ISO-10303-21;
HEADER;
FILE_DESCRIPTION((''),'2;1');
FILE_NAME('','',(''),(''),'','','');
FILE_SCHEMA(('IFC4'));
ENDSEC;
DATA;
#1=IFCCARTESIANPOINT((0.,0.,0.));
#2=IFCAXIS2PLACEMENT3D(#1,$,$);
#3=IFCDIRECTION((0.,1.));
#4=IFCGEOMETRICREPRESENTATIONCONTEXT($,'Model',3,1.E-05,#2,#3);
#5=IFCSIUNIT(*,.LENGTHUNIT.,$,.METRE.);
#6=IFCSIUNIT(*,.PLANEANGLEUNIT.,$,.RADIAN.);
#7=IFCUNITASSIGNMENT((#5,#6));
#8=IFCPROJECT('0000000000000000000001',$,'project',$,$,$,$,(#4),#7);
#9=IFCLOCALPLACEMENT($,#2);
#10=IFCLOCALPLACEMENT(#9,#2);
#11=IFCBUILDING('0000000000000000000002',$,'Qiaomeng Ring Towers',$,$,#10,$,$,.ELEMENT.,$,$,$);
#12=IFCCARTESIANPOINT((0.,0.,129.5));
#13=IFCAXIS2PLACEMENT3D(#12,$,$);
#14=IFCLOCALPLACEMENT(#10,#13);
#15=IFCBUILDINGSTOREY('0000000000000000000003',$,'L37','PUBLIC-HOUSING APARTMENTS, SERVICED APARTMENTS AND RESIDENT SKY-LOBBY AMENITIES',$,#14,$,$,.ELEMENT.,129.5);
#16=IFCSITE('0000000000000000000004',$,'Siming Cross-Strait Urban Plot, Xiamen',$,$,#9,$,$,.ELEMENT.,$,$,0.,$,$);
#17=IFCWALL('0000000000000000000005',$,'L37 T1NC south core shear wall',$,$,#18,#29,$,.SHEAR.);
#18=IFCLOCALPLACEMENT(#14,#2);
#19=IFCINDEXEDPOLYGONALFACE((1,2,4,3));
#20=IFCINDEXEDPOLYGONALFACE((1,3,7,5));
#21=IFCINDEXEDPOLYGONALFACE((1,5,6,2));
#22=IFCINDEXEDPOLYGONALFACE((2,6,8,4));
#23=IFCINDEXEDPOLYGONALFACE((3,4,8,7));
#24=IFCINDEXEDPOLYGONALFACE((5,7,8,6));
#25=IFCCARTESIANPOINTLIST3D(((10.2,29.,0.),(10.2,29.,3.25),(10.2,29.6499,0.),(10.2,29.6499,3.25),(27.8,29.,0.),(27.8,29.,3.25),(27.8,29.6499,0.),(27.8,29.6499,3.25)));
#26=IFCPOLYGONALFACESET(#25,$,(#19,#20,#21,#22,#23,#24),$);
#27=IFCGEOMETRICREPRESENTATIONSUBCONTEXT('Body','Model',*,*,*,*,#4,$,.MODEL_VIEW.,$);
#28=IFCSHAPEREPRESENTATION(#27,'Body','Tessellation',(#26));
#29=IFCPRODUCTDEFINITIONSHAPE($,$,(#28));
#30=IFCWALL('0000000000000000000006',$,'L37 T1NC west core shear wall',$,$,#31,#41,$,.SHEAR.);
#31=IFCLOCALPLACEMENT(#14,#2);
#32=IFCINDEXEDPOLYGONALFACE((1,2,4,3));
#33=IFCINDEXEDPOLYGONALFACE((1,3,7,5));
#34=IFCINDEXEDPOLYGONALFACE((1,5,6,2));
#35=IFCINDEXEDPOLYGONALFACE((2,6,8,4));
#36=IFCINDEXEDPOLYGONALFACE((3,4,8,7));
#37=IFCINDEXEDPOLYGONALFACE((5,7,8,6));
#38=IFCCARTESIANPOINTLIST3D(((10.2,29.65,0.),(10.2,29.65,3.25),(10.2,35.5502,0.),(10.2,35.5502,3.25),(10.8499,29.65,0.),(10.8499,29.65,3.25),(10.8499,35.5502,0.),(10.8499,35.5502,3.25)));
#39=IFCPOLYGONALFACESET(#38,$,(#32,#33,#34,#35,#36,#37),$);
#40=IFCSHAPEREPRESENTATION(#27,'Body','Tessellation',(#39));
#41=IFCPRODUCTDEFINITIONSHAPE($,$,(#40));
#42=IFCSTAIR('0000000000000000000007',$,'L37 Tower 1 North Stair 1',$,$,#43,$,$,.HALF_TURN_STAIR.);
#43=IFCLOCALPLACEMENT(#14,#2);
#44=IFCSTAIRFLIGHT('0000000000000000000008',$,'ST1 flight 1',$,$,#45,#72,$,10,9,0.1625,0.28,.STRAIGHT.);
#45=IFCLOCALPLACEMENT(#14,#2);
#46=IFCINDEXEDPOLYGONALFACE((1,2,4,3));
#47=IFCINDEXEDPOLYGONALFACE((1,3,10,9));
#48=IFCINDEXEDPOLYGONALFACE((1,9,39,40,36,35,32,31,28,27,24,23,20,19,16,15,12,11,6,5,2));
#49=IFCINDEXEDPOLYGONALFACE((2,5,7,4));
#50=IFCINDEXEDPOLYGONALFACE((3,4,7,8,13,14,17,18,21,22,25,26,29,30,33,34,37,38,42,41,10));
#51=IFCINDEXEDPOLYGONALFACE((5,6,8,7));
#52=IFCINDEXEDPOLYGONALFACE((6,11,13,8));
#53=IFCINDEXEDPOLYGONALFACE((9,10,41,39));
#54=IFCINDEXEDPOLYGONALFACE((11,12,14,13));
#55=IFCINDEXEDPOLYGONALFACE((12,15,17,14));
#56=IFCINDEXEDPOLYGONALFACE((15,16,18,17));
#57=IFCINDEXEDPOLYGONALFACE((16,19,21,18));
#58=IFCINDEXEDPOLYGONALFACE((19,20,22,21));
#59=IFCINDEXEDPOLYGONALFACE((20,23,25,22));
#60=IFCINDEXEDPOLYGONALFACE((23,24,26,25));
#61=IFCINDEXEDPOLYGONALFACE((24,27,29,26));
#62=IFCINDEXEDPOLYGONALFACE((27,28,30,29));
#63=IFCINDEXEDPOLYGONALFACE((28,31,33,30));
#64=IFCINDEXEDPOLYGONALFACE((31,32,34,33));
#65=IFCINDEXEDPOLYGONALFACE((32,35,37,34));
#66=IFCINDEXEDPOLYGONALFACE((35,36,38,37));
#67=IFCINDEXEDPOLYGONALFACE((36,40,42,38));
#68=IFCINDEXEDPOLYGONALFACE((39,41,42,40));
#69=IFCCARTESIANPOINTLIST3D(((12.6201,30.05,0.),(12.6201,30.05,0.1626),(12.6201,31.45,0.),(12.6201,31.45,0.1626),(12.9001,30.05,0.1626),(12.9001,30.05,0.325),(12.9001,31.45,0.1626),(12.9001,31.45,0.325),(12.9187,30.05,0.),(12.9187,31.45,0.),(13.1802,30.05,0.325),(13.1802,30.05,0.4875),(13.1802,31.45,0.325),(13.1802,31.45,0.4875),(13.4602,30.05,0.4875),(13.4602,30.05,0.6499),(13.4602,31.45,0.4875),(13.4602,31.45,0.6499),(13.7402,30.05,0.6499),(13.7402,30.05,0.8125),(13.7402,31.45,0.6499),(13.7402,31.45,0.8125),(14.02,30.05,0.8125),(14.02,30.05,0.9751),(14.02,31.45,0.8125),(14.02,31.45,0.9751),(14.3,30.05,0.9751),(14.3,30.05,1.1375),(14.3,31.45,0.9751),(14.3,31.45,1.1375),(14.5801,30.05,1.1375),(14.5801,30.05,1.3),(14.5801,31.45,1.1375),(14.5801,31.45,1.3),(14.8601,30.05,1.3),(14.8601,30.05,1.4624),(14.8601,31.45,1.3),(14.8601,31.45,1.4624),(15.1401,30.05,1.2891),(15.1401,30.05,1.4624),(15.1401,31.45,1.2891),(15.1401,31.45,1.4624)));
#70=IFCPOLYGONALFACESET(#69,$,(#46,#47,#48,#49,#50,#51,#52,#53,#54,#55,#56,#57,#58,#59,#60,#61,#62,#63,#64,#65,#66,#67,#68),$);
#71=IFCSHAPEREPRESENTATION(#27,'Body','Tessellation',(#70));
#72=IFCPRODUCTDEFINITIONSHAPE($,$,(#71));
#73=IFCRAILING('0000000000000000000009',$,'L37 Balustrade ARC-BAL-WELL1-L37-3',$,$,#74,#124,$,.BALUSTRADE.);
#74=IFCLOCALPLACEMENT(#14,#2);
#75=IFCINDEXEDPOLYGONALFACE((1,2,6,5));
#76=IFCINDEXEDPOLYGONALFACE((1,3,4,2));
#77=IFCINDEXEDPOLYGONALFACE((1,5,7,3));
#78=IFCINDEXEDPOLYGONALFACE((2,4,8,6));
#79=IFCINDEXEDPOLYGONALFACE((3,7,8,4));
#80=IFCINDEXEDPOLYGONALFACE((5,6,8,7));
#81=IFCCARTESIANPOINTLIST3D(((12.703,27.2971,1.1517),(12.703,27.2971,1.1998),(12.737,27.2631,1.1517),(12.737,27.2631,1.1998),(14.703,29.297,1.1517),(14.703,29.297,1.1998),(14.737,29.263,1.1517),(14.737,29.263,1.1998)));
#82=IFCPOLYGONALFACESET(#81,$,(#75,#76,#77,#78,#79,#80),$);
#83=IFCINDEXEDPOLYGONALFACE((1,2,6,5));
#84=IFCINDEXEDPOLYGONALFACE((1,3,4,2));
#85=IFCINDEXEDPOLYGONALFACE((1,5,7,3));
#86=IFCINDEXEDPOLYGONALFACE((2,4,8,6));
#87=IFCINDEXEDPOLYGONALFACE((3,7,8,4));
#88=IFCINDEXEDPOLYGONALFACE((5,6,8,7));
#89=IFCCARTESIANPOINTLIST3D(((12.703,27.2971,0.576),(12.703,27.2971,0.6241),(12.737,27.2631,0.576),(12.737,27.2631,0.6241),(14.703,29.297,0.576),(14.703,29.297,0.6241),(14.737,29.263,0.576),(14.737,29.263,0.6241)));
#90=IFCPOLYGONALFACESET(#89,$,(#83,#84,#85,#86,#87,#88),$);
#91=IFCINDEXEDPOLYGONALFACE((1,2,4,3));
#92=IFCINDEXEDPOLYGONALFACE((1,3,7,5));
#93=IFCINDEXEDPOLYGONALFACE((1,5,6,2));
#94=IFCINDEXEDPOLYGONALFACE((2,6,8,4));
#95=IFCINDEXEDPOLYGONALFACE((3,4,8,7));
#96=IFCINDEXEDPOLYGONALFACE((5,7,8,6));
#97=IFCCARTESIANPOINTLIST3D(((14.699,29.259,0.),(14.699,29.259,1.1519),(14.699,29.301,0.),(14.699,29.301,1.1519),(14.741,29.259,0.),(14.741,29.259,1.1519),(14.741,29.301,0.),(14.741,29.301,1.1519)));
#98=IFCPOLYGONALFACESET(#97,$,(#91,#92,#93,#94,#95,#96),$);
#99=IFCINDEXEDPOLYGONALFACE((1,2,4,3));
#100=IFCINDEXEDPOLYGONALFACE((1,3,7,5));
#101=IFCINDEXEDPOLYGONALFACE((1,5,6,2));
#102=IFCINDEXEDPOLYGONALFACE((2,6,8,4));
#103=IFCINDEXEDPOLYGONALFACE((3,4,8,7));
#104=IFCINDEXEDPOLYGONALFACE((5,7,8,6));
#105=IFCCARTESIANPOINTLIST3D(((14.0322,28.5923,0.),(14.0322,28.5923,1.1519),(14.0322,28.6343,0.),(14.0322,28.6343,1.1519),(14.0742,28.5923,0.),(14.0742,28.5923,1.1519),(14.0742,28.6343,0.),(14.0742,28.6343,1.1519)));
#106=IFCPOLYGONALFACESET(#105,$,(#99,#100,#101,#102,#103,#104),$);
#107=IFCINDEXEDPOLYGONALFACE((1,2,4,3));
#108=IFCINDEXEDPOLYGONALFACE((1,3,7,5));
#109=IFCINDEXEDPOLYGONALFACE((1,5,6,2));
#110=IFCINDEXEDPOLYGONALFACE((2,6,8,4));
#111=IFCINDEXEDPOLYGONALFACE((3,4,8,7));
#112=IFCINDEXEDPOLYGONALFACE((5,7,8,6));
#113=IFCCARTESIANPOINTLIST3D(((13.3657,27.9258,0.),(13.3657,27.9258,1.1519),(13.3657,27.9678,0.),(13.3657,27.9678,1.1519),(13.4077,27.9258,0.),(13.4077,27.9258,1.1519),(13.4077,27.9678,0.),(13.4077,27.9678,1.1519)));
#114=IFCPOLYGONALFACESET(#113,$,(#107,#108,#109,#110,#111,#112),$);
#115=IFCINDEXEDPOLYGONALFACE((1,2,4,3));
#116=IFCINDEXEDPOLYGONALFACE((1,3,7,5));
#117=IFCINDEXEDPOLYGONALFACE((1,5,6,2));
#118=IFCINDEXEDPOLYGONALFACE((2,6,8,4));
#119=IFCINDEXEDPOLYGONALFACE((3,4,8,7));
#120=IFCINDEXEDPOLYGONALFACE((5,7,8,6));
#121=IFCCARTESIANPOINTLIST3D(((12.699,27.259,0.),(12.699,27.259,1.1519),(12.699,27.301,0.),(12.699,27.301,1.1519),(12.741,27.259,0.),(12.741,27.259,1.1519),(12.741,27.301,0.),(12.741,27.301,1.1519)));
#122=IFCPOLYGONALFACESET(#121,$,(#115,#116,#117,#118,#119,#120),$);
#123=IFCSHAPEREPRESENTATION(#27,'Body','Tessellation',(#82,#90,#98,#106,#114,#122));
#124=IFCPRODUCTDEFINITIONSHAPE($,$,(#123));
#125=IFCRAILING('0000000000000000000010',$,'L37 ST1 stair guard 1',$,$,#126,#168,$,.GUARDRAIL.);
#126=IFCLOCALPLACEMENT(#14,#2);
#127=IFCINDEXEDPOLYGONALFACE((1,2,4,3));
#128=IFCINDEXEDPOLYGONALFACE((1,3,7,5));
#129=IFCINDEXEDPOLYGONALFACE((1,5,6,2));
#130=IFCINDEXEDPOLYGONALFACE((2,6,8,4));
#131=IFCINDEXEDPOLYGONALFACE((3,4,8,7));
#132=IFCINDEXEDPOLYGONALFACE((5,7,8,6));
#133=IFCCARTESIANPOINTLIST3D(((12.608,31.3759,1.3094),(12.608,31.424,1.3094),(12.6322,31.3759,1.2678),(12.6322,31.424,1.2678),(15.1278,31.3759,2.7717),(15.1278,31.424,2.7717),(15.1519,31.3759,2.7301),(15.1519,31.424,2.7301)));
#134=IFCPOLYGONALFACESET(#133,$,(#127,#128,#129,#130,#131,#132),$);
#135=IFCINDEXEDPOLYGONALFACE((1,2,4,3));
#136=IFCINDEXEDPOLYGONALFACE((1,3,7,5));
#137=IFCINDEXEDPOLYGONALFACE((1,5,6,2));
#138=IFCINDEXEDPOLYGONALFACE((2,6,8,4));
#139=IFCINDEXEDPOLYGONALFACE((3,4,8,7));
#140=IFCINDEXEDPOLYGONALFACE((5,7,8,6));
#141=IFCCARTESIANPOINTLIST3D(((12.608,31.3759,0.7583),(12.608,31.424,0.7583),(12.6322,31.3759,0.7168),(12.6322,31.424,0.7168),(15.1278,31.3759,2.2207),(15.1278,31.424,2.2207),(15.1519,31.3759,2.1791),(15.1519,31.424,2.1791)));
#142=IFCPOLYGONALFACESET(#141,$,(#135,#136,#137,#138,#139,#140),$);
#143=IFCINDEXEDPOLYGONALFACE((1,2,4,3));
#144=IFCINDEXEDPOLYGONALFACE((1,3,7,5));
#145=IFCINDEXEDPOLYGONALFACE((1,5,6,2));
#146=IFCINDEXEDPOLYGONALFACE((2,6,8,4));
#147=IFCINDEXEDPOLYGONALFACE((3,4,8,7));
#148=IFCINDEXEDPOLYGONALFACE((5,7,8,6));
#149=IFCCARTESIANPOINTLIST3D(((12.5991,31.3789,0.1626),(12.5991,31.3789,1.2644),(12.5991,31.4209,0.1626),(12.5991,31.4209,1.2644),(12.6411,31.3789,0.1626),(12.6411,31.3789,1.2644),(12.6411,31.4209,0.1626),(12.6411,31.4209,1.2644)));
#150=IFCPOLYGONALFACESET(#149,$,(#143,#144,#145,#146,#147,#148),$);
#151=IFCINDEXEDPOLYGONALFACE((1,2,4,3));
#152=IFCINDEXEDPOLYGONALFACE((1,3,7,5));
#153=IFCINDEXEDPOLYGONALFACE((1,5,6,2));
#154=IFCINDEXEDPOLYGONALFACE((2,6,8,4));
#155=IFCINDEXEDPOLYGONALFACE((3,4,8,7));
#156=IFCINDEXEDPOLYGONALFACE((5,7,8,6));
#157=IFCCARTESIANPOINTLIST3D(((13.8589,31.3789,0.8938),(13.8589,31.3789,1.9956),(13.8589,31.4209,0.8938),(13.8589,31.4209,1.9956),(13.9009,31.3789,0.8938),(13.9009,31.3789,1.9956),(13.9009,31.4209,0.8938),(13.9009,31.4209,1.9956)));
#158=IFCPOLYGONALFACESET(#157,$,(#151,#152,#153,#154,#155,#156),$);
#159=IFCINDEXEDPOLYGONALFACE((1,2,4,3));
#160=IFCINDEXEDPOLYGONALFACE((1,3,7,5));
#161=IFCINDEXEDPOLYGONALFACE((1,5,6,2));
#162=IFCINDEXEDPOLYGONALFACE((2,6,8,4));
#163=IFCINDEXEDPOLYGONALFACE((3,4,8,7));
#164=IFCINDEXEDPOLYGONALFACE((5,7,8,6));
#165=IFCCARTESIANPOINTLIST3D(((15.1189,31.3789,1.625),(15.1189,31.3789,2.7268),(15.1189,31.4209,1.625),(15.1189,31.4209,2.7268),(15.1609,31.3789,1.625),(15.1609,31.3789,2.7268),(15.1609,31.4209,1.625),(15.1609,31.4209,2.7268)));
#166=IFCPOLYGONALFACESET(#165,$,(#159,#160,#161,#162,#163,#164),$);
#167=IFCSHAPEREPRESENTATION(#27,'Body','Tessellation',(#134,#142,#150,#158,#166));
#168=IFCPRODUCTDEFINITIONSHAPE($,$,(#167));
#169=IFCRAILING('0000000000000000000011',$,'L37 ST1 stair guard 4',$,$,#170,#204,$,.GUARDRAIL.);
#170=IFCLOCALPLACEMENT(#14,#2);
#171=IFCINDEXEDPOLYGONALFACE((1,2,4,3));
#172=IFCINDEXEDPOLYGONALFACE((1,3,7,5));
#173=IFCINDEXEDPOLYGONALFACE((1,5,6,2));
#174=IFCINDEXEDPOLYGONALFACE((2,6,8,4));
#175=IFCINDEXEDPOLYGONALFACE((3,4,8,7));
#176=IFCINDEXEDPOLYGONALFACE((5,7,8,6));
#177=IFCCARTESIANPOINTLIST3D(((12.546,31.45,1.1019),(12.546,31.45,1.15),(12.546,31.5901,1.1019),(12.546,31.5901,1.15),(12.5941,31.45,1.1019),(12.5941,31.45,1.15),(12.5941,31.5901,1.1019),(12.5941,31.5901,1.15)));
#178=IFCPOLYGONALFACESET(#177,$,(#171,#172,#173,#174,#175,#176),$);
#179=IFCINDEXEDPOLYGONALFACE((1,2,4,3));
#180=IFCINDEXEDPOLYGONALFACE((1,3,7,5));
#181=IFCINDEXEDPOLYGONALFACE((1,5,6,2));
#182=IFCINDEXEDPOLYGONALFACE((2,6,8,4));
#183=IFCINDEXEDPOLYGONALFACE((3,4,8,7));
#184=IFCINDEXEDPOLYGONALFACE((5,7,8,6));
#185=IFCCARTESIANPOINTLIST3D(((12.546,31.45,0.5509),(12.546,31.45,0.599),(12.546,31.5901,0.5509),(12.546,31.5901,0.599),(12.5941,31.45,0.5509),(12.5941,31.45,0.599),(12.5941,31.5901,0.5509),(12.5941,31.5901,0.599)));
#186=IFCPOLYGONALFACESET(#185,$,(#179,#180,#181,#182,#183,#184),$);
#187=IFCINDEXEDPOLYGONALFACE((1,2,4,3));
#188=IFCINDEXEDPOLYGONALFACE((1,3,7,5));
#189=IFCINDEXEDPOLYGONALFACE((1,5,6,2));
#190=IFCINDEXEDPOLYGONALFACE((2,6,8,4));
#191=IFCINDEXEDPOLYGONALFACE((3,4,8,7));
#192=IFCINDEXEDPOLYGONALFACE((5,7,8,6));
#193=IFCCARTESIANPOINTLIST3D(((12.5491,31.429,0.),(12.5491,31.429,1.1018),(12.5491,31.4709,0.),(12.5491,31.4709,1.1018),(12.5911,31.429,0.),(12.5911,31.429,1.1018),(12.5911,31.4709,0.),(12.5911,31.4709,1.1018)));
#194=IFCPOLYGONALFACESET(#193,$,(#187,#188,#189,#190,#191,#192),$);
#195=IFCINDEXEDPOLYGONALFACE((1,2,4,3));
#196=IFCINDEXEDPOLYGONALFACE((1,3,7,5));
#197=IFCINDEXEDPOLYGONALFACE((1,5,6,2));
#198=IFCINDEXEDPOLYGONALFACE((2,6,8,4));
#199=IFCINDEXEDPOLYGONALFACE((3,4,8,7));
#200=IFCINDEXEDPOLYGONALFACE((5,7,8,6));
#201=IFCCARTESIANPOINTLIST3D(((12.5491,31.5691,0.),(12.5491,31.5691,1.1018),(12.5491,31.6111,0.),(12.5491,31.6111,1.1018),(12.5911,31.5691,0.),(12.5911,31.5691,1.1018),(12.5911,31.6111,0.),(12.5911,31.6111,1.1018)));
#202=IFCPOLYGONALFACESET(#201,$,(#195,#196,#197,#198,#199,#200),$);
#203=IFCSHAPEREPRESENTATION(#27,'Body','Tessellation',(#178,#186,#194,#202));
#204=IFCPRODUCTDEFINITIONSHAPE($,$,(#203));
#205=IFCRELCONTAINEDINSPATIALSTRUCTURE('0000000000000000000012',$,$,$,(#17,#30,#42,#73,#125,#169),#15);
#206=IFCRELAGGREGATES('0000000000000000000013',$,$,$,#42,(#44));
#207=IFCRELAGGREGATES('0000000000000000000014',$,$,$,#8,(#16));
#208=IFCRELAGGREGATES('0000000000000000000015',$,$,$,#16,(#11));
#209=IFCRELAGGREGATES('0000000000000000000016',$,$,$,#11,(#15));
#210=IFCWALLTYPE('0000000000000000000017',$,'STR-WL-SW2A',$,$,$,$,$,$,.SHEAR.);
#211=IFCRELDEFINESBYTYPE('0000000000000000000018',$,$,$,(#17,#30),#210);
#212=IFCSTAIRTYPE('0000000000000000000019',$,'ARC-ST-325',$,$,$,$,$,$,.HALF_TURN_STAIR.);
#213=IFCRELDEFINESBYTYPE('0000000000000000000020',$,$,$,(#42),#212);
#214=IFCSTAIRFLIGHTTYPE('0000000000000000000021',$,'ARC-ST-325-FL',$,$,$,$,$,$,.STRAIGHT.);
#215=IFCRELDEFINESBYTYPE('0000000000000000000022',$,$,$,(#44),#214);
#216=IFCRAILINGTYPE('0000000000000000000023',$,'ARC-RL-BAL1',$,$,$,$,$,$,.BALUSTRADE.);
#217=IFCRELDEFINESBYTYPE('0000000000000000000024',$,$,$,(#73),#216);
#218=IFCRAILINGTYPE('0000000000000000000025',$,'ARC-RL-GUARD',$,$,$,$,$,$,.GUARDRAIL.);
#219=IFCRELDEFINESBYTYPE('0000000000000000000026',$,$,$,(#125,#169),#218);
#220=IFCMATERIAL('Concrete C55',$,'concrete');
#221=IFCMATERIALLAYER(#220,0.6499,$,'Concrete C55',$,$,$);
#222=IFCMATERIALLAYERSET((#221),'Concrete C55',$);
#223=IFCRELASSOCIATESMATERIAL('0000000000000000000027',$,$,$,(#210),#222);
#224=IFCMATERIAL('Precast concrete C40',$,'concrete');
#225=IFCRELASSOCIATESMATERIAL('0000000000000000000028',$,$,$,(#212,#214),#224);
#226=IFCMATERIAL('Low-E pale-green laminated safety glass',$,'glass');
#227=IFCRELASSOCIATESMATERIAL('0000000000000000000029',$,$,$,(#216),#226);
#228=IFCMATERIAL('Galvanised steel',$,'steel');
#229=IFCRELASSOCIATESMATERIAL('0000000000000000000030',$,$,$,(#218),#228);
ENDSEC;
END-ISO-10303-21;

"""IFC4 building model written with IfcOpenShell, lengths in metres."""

from ifc_helpers import new_model, si_unit, direction, frame, frame_2d, origin, origin_2d, place, context, subcontext, project, spatial, polyline, rectangle, outline, extrude, source, transform, mapped, material, layer, layer_set, type_object, element, aggregate, save


model = new_model("IFC4")

# Units and contexts
model_context = context("Model", 3, precision=1e-05, world=origin(), true_north=direction((0.0, 1.0)))
body_context = subcontext(model_context, "Body", "Model", "MODEL_VIEW")
ifc_project = project(units=[si_unit("LENGTHUNIT", "METRE"), si_unit("PLANEANGLEUNIT", "RADIAN")], contexts=[model_context])

# Site, building, storey
site_placement = place(None, origin())
site = spatial("IfcSite", under=ifc_project, at=site_placement, Name="Siming Cross-Strait Urban Plot, Xiamen", CompositionType="ELEMENT", RefElevation=0.0)
building_placement = place(site_placement, origin())
building = spatial("IfcBuilding", under=site, at=building_placement, Name="Qiaomeng Ring Towers", CompositionType="ELEMENT")
storey_placement = place(building_placement, frame((0.0, 0.0, 129.5)))
storey = spatial("IfcBuildingStorey", under=building, at=storey_placement, Name="L37", Description="PUBLIC-HOUSING APARTMENTS, SERVICED APARTMENTS AND RESIDENT SKY-LOBBY AMENITIES", CompositionType="ELEMENT", Elevation=129.5)

# Shared definitions
ifc_material_1 = material(Name="Concrete C55", Category="concrete")

# Walls
ifc_layer_1 = layer(ifc_material_1, 0.6499, Name="Concrete C55")
ifc_layer_set_1 = layer_set([ifc_layer_1], Name="Concrete C55")
wall_type_1 = type_object("IfcWallType", Name="STR-WL-SW2A", PredefinedType="SHEAR", material=ifc_layer_set_1)
wall_1_placement = place(storey_placement, frame((10.2, 29.325, 0.0), z_axis=(0.0, 0.0, 1.0), x_axis=(1.0, 0.0, 0.0)))
element("IfcWall", 1, at=wall_1_placement, inside=storey, type_object=wall_type_1, Name="L37 T1NC south core shear wall", PredefinedType="SHEAR", context=body_context, shape_type="SweptSolid", body=[
    extrude(rectangle(XDim=17.6001, YDim=0.6499, at=frame_2d((8.8, 0.0))), origin(), (0.0, 0.0, 1.0), 3.25),
])
wall_2_placement = place(storey_placement, frame((10.5249, 29.6499, 0.0), z_axis=(0.0, 0.0, 1.0), x_axis=(0.0, 1.0, 0.0)))
element("IfcWall", 2, at=wall_2_placement, inside=storey, type_object=wall_type_1, Name="L37 T1NC west core shear wall", PredefinedType="SHEAR", context=body_context, shape_type="SweptSolid", body=[
    extrude(rectangle(XDim=5.9001, YDim=0.6499, at=frame_2d((2.9502, 0.0))), origin(), (0.0, 0.0, 1.0), 3.25),
])

# Stair, stair flight
ifc_material_2 = material(Name="Precast concrete C40", Category="concrete")
stair_type = type_object("IfcStairType", Name="ARC-ST-325", PredefinedType="HALF_TURN_STAIR", material=ifc_material_2)
stair_placement = place(storey_placement, origin())
stair = element("IfcStair", 3, at=stair_placement, inside=storey, type_object=stair_type, Name="L37 Tower 1 North Stair 1", PredefinedType="HALF_TURN_STAIR")
stair_flight_type = type_object("IfcStairFlightType", Name="ARC-ST-325-FL", PredefinedType="STRAIGHT", material=ifc_material_2)
shared_shape_1 = source(origin(), body_context, "Body", "SweptSolid", [
    extrude(outline(polyline([(0.0, 0.0), (0.0, 0.1626), (0.28, 0.1626), (0.28, 0.325), (0.5601, 0.325), (0.5601, 0.4875), (0.8401, 0.4875), (0.8401, 0.6499), (1.1201, 0.6499), (1.1201, 0.8125), (1.3999, 0.8125), (1.3999, 0.9751), (1.6799, 0.9751), (1.6799, 1.1375), (1.96, 1.1375), (1.96, 1.3), (2.24, 1.3), (2.24, 1.4624), (2.52, 1.4624), (2.52, 1.625), (2.52, 1.2891), (0.2986, 0.0), (0.0, 0.0)])), frame((0.0, 0.7, 0.0), z_axis=(0.0, -1.0, 0.0), x_axis=(1.0, 0.0, 0.0)), (0.0, 0.0, 1.0), 1.3999),
])
stair_flight_placement = place(storey_placement, frame((12.6201, 30.75, 0.0), z_axis=(0.0, 0.0, 1.0), x_axis=(1.0, 0.0, 0.0)))
stair_flight = element("IfcStairFlight", 4, at=stair_flight_placement, type_object=stair_flight_type, Name="ST1 flight 1", NumberOfRisers=10, NumberOfTreads=9, PredefinedType="STRAIGHT", RiserHeight=0.1625, TreadLength=0.28, context=body_context, shape_type="MappedRepresentation", body=[
    mapped(shared_shape_1, transform((0.0, 0.0, 0.0), x_axis=(1.0, 0.0, 0.0), y_axis=(0.0, 1.0, 0.0), z_axis=(0.0, 0.0, 1.0), scale=1.0)),
])
aggregate(stair, [stair_flight])

# Railings
ifc_material_3 = material(Name="Low-E pale-green laminated safety glass", Category="glass")
railing_type_1 = type_object("IfcRailingType", Name="ARC-RL-BAL1", PredefinedType="BALUSTRADE", material=ifc_material_3)
railing_1_placement = place(storey_placement, frame((14.72, 29.28, 0.0)))
element("IfcRailing", 5, at=railing_1_placement, inside=storey, type_object=railing_type_1, Name="L37 Balustrade ARC-BAL-WELL1-L37-3", PredefinedType="BALUSTRADE", context=body_context, shape_type="SweptSolid", body=[
    extrude(rectangle(XDim=0.0481, YDim=0.0481, at=origin_2d()), frame((0.0, 0.0, 1.1758), z_axis=(-0.707107, -0.707107, 0.0), x_axis=(0.707107, -0.707107, 0.0)), (0.0, 0.0, 1.0), 2.8284),
    extrude(rectangle(XDim=0.0481, YDim=0.0481, at=origin_2d()), frame((0.0, 0.0, 0.6001), z_axis=(-0.707107, -0.707107, 0.0), x_axis=(0.707107, -0.707107, 0.0)), (0.0, 0.0, 1.0), 2.8284),
    extrude(rectangle(XDim=0.042, YDim=0.042, at=origin_2d()), origin(), (0.0, 0.0, 1.0), 1.1519),
    extrude(rectangle(XDim=0.042, YDim=0.042, at=origin_2d()), frame((-0.6667, -0.6667, 0.0)), (0.0, 0.0, 1.0), 1.1519),
    extrude(rectangle(XDim=0.042, YDim=0.042, at=origin_2d()), frame((-1.3333, -1.3333, 0.0)), (0.0, 0.0, 1.0), 1.1519),
    extrude(rectangle(XDim=0.042, YDim=0.042, at=origin_2d()), frame((-2.0, -2.0, 0.0)), (0.0, 0.0, 1.0), 1.1519),
])
ifc_material_4 = material(Name="Galvanised steel", Category="steel")
railing_type_2 = type_object("IfcRailingType", Name="ARC-RL-GUARD", PredefinedType="GUARDRAIL", material=ifc_material_4)
railing_2_placement = place(storey_placement, frame((12.6201, 31.3999, 0.1626)))
element("IfcRailing", 6, at=railing_2_placement, inside=storey, type_object=railing_type_2, Name="L37 ST1 stair guard 1", PredefinedType="GUARDRAIL", context=body_context, shape_type="SweptSolid", body=[
    extrude(rectangle(XDim=0.0481, YDim=0.0481, at=origin_2d()), frame((0.0, 0.0, 1.126), z_axis=(0.864892, 0.0, 0.501958), x_axis=(0.0, 1.0, 0.0)), (0.0, 0.0, 1.0), 2.9133),
    extrude(rectangle(XDim=0.0481, YDim=0.0481, at=origin_2d()), frame((0.0, 0.0, 0.575), z_axis=(0.864892, 0.0, 0.501958), x_axis=(0.0, 1.0, 0.0)), (0.0, 0.0, 1.0), 2.9133),
    extrude(rectangle(XDim=0.042, YDim=0.042, at=origin_2d()), origin(), (0.0, 0.0, 1.0), 1.1018),
    extrude(rectangle(XDim=0.042, YDim=0.042, at=origin_2d()), frame((1.2598, 0.0, 0.7312)), (0.0, 0.0, 1.0), 1.1018),
    extrude(rectangle(XDim=0.042, YDim=0.042, at=origin_2d()), frame((2.5198, 0.0, 1.4624)), (0.0, 0.0, 1.0), 1.1018),
])
railing_3_placement = place(storey_placement, frame((12.5701, 31.45, 0.0)))
element("IfcRailing", 7, at=railing_3_placement, inside=storey, type_object=railing_type_2, Name="L37 ST1 stair guard 4", PredefinedType="GUARDRAIL", context=body_context, shape_type="SweptSolid", body=[
    extrude(rectangle(XDim=0.0481, YDim=0.0481, at=origin_2d()), frame((0.0, 0.0, 1.126), z_axis=(0.0, 1.0, 0.0), x_axis=(-1.0, 0.0, 0.0)), (0.0, 0.0, 1.0), 0.1401),
    extrude(rectangle(XDim=0.0481, YDim=0.0481, at=origin_2d()), frame((0.0, 0.0, 0.575), z_axis=(0.0, 1.0, 0.0), x_axis=(-1.0, 0.0, 0.0)), (0.0, 0.0, 1.0), 0.1401),
    extrude(rectangle(XDim=0.042, YDim=0.042, at=origin_2d()), origin(), (0.0, 0.0, 1.0), 1.1018),
    extrude(rectangle(XDim=0.042, YDim=0.042, at=origin_2d()), frame((0.0, 0.1401, 0.0)), (0.0, 0.0, 1.0), 1.1018),
])

save(model, "model.ifc")
